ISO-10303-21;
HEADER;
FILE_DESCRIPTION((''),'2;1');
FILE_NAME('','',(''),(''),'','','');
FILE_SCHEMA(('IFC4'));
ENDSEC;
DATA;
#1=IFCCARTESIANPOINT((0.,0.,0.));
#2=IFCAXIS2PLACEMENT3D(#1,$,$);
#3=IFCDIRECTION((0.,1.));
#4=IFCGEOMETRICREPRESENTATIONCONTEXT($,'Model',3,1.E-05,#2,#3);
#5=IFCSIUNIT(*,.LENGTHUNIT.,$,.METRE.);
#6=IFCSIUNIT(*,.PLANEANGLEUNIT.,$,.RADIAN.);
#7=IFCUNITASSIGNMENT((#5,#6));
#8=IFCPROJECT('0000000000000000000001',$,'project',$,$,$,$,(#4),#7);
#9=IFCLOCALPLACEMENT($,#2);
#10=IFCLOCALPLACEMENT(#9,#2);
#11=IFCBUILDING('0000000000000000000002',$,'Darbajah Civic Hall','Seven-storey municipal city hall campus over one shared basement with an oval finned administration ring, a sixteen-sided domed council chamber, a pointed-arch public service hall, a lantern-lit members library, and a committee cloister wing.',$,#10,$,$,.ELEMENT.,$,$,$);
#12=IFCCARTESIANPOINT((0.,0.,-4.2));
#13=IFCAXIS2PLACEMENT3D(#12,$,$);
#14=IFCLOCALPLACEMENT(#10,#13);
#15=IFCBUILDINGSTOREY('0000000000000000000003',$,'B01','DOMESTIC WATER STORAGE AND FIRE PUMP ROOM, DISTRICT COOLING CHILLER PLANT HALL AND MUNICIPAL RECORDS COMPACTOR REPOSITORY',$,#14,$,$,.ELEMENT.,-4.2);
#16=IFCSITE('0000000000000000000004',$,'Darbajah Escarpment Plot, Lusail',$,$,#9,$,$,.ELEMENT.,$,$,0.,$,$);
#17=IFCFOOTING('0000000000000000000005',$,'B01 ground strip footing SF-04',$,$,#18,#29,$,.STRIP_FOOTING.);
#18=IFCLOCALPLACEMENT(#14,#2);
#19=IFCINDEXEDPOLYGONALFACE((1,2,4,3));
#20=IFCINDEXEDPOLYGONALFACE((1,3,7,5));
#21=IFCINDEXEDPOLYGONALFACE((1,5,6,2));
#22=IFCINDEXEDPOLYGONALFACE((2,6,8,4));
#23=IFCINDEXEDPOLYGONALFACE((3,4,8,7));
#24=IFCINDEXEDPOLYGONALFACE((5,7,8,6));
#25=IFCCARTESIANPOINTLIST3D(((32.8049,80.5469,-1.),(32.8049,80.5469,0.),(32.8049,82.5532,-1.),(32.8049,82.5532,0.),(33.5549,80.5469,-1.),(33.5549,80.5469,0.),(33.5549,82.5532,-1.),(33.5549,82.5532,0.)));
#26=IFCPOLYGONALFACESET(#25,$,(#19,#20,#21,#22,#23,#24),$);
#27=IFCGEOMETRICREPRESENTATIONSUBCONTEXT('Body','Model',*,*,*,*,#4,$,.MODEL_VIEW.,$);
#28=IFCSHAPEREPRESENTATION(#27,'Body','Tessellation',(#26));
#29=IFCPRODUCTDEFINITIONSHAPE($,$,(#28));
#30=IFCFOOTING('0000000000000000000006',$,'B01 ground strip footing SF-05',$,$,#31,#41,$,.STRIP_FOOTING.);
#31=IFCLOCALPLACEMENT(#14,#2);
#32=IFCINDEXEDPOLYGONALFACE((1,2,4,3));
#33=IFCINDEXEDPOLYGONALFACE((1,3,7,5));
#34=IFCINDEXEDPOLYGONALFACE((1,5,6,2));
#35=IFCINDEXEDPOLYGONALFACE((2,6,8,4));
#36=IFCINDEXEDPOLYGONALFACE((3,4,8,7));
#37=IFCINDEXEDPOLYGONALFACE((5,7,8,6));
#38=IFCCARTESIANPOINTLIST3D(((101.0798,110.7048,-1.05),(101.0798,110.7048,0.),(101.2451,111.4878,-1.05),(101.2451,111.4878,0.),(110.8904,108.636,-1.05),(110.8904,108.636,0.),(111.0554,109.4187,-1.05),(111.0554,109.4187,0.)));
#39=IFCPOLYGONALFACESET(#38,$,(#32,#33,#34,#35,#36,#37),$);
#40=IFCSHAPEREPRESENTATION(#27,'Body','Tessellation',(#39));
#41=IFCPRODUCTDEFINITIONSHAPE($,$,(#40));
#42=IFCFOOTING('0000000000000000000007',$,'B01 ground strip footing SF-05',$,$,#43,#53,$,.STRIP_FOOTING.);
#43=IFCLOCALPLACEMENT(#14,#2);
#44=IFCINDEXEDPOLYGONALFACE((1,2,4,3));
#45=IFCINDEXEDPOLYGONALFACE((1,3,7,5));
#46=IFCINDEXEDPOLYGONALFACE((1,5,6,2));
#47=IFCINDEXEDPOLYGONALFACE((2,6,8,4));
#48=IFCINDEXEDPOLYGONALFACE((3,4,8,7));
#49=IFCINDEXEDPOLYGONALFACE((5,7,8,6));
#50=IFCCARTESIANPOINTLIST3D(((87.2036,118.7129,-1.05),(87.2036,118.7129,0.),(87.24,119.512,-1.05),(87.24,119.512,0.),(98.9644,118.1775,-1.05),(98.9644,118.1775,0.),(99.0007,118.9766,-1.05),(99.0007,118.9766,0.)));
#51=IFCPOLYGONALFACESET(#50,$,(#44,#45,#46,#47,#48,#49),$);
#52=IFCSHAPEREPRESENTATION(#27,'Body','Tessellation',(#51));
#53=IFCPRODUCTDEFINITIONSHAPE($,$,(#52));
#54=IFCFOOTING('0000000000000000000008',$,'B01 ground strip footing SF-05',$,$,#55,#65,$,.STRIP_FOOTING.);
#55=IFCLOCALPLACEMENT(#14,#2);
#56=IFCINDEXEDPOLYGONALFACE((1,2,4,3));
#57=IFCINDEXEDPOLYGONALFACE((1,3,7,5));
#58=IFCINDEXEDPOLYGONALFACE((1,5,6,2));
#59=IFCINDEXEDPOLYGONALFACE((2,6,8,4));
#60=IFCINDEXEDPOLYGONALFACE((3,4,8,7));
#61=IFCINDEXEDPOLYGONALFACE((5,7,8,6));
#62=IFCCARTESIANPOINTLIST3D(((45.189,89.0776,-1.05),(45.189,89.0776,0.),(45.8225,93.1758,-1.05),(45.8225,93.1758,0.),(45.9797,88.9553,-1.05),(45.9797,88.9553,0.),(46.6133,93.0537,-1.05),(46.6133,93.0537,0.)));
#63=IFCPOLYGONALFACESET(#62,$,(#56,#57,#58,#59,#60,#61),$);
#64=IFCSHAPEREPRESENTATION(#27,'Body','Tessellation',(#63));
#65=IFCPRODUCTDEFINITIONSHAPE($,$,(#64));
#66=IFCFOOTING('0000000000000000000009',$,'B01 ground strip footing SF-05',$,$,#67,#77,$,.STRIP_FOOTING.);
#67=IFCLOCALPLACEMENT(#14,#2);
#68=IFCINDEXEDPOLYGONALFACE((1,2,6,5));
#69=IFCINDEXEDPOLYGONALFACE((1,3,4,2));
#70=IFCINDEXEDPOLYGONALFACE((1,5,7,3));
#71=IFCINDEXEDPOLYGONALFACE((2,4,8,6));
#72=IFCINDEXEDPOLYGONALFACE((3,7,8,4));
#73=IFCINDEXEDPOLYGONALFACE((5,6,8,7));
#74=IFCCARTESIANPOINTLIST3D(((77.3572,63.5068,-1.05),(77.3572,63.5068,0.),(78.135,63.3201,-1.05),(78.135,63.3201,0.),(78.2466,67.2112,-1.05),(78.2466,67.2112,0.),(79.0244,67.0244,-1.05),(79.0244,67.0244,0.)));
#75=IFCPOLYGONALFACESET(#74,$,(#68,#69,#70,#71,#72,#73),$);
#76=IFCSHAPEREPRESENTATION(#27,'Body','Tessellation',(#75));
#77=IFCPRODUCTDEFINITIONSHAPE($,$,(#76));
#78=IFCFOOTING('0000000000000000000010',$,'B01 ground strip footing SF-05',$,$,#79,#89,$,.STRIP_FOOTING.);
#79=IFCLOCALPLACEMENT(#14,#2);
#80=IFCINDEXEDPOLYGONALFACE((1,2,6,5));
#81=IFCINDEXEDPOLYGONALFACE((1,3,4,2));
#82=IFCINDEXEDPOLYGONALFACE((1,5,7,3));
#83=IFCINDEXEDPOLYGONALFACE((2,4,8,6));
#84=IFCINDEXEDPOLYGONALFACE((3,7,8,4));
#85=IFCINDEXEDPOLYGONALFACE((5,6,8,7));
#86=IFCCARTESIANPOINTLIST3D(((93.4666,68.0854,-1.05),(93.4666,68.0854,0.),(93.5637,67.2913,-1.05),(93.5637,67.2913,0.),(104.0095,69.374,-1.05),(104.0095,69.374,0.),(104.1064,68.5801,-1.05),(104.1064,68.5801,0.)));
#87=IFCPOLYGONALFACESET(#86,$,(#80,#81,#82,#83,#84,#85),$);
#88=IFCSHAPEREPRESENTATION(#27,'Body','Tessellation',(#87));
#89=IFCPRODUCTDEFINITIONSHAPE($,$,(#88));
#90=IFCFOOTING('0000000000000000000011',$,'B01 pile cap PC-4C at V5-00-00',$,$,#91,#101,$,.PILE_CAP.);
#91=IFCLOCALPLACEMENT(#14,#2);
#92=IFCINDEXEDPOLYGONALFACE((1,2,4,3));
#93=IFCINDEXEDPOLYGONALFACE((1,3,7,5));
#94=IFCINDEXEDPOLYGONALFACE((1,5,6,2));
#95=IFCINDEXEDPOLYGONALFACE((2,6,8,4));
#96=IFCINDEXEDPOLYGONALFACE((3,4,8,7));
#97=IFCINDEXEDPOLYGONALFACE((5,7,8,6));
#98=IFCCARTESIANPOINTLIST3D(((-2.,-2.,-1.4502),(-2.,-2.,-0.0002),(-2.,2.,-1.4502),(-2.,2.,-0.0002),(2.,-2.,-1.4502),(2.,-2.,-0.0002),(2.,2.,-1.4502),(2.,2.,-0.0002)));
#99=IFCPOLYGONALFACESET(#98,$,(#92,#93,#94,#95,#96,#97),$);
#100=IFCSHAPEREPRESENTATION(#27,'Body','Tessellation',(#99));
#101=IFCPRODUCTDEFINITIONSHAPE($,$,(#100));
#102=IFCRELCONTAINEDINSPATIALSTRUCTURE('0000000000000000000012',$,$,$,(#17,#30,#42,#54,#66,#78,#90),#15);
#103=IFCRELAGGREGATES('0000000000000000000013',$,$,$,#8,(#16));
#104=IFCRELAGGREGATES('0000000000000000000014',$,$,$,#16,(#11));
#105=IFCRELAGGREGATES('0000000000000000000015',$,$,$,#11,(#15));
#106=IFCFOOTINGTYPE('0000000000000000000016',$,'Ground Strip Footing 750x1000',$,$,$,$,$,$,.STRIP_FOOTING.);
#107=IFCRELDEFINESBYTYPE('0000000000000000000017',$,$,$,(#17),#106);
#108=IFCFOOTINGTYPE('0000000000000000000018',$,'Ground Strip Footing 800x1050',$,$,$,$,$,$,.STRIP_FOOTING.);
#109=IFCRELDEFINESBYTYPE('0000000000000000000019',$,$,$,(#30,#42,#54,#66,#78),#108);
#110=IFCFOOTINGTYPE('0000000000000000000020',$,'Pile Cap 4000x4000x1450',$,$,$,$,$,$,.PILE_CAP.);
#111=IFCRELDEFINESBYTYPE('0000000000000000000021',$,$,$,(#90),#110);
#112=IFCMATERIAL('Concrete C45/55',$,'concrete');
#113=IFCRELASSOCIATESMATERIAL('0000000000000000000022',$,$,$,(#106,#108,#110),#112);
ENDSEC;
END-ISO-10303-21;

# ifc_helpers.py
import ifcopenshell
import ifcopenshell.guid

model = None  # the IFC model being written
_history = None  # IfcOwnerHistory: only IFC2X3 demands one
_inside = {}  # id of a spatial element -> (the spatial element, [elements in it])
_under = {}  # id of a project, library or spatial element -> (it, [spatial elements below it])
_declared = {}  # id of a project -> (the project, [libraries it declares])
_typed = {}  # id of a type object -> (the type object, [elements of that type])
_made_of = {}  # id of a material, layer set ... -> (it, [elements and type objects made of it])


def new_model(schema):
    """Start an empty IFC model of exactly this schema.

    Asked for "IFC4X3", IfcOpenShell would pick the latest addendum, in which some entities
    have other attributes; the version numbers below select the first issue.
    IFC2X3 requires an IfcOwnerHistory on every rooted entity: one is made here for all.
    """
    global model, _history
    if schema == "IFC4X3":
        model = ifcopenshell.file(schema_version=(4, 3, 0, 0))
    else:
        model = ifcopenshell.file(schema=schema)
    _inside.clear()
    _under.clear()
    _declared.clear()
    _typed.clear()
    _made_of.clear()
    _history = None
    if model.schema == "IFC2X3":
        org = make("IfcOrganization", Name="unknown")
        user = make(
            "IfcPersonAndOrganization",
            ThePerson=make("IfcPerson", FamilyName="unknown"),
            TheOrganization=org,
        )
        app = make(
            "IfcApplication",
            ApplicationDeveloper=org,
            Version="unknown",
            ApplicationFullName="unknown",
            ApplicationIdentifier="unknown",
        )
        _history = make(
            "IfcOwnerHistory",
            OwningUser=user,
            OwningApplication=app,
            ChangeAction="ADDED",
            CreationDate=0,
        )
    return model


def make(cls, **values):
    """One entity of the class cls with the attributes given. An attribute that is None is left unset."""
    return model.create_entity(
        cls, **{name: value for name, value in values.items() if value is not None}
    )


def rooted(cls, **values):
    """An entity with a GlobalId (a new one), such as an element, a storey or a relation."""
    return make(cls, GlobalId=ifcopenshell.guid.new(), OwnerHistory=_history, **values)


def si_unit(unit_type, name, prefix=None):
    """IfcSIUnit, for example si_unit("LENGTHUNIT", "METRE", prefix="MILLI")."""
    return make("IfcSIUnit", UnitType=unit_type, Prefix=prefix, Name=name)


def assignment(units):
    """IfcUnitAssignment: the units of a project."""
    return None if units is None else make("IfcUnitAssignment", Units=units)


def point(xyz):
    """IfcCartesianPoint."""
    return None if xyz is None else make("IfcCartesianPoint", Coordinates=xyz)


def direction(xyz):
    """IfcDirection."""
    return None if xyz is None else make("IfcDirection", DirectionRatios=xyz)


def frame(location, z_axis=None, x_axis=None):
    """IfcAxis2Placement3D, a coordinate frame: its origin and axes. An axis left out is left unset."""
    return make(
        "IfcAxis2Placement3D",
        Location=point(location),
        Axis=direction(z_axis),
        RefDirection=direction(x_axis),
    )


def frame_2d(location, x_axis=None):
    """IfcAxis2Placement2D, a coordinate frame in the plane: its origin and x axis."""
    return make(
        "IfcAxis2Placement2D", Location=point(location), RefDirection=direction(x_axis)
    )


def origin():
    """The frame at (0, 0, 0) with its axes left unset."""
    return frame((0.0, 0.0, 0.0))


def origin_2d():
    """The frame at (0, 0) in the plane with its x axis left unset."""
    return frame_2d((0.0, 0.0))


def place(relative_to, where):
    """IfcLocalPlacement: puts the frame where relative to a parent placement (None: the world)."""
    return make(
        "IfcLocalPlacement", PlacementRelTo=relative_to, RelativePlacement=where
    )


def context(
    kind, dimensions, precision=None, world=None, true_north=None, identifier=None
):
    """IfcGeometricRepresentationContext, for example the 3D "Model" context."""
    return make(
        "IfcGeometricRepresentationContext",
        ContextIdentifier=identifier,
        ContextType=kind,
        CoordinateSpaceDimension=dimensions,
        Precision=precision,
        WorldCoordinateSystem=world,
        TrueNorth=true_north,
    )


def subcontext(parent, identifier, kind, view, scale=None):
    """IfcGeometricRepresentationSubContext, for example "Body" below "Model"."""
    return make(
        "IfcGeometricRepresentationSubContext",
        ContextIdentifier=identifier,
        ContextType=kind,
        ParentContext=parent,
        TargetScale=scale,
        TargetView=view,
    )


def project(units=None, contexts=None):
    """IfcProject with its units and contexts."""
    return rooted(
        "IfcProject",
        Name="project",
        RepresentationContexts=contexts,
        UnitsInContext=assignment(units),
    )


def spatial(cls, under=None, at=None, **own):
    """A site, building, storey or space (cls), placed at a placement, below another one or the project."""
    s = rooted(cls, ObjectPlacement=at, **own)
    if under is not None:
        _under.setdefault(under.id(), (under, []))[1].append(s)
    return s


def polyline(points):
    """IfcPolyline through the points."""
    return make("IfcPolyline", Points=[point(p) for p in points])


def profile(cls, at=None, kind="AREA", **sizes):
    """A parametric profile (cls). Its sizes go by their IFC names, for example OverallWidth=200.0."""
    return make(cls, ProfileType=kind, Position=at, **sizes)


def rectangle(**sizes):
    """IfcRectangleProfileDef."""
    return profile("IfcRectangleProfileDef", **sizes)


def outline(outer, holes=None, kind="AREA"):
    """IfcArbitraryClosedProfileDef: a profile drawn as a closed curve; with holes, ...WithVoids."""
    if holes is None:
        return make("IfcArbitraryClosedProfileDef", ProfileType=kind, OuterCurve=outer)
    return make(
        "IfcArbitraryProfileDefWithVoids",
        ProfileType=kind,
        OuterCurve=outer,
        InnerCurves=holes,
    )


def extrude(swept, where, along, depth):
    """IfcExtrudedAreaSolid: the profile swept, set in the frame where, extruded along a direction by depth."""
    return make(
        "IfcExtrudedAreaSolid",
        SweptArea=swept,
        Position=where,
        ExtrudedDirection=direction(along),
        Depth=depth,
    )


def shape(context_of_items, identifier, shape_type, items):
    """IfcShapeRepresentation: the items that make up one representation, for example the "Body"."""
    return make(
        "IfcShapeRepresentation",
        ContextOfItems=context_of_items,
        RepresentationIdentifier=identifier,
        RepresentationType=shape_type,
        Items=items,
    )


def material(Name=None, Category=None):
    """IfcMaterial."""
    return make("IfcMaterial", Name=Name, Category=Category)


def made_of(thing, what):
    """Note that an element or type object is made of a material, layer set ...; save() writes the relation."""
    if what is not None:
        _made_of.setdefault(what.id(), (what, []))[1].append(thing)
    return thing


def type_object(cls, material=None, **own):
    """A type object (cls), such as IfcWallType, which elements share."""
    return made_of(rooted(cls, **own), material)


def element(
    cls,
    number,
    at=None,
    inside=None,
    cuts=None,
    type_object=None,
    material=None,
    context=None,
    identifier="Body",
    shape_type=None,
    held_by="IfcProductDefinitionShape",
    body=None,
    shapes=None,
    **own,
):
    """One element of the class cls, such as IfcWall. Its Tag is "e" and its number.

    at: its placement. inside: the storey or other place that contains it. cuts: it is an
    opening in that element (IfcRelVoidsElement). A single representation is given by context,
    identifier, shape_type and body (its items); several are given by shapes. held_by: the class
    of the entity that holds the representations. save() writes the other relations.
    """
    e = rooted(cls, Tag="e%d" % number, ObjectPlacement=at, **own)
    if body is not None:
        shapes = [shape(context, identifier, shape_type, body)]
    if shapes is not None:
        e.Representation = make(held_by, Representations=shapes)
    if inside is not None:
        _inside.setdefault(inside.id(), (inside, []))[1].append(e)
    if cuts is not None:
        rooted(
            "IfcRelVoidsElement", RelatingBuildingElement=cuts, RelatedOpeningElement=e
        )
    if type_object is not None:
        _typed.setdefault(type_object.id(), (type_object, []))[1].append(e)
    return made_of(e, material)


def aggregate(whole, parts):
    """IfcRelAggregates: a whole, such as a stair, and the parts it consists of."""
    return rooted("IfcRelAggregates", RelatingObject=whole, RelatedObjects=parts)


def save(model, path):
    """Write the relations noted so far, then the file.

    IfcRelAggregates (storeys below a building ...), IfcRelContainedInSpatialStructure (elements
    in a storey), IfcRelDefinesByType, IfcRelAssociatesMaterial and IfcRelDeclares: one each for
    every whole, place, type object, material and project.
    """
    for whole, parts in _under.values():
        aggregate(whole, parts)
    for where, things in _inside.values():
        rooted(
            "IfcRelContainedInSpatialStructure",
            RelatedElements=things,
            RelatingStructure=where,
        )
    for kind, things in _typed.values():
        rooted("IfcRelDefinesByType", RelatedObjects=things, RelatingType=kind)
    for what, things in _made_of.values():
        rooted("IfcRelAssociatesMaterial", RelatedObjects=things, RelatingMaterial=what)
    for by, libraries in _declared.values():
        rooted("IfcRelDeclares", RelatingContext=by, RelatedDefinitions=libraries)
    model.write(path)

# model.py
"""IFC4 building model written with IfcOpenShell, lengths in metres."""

from ifc_helpers import new_model, si_unit, direction, frame, origin, origin_2d, place, context, subcontext, project, spatial, polyline, rectangle, outline, extrude, material, type_object, element, save


model = new_model("IFC4")

# Units and contexts
model_context = context("Model", 3, precision=1e-05, world=origin(), true_north=direction((0.0, 1.0)))
body_context = subcontext(model_context, "Body", "Model", "MODEL_VIEW")
ifc_project = project(units=[si_unit("LENGTHUNIT", "METRE"), si_unit("PLANEANGLEUNIT", "RADIAN")], contexts=[model_context])

# Site, building, storey
site_placement = place(None, origin())
site = spatial("IfcSite", under=ifc_project, at=site_placement, Name="Darbajah Escarpment Plot, Lusail", CompositionType="ELEMENT", RefElevation=0.0)
building_placement = place(site_placement, origin())
building = spatial("IfcBuilding", under=site, at=building_placement, Name="Darbajah Civic Hall", Description="Seven-storey municipal city hall campus over one shared basement with an oval finned administration ring, a sixteen-sided domed council chamber, a pointed-arch public service hall, a lantern-lit members library, and a committee cloister wing.", CompositionType="ELEMENT")
storey_placement = place(building_placement, frame((0.0, 0.0, -4.2)))
storey = spatial("IfcBuildingStorey", under=building, at=storey_placement, Name="B01", Description="DOMESTIC WATER STORAGE AND FIRE PUMP ROOM, DISTRICT COOLING CHILLER PLANT HALL AND MUNICIPAL RECORDS COMPACTOR REPOSITORY", CompositionType="ELEMENT", Elevation=-4.2)

# Shared definitions
ifc_material = material(Name="Concrete C45/55", Category="concrete")

# Footings
footing_type_1 = type_object("IfcFootingType", Name="Ground Strip Footing 750x1000", PredefinedType="STRIP_FOOTING", material=ifc_material)
footing_1_placement = place(storey_placement, frame((0.0, 0.0, -1.0)))
element("IfcFooting", 1, at=footing_1_placement, inside=storey, type_object=footing_type_1, Name="B01 ground strip footing SF-04", PredefinedType="STRIP_FOOTING", context=body_context, shape_type="SweptSolid", body=[
    extrude(outline(polyline([(33.5549, 80.5469), (33.5549, 82.5532), (32.8049, 82.5532), (32.8049, 80.5469), (33.5549, 80.5469)])), origin(), (0.0, 0.0, 1.0), 1.0),
])
footing_type_2 = type_object("IfcFootingType", Name="Ground Strip Footing 800x1050", PredefinedType="STRIP_FOOTING", material=ifc_material)
footing_2_placement = place(storey_placement, frame((0.0, 0.0, -1.05)))
element("IfcFooting", 2, at=footing_2_placement, inside=storey, type_object=footing_type_2, Name="B01 ground strip footing SF-05", PredefinedType="STRIP_FOOTING", context=body_context, shape_type="SweptSolid", body=[
    extrude(outline(polyline([(111.0554, 109.4187), (101.2451, 111.4878), (101.0798, 110.7048), (110.8904, 108.636), (111.0554, 109.4187)])), origin(), (0.0, 0.0, 1.0), 1.05),
])
footing_3_placement = place(storey_placement, frame((0.0, 0.0, -1.05)))
element("IfcFooting", 3, at=footing_3_placement, inside=storey, type_object=footing_type_2, Name="B01 ground strip footing SF-05", PredefinedType="STRIP_FOOTING", context=body_context, shape_type="SweptSolid", body=[
    extrude(outline(polyline([(99.0007, 118.9766), (87.24, 119.512), (87.2036, 118.7129), (98.9644, 118.1775), (99.0007, 118.9766)])), origin(), (0.0, 0.0, 1.0), 1.05),
])
footing_4_placement = place(storey_placement, frame((0.0, 0.0, -1.05)))
element("IfcFooting", 4, at=footing_4_placement, inside=storey, type_object=footing_type_2, Name="B01 ground strip footing SF-05", PredefinedType="STRIP_FOOTING", context=body_context, shape_type="SweptSolid", body=[
    extrude(outline(polyline([(45.8225, 93.1758), (45.189, 89.0776), (45.9797, 88.9553), (46.6133, 93.0537), (45.8225, 93.1758)])), origin(), (0.0, 0.0, 1.0), 1.05),
])
footing_5_placement = place(storey_placement, frame((0.0, 0.0, -1.05)))
element("IfcFooting", 5, at=footing_5_placement, inside=storey, type_object=footing_type_2, Name="B01 ground strip footing SF-05", PredefinedType="STRIP_FOOTING", context=body_context, shape_type="SweptSolid", body=[
    extrude(outline(polyline([(78.2466, 67.2112), (77.3572, 63.5068), (78.135, 63.3201), (79.0244, 67.0244), (78.2466, 67.2112)])), origin(), (0.0, 0.0, 1.0), 1.05),
])
footing_6_placement = place(storey_placement, frame((0.0, 0.0, -1.05)))
element("IfcFooting", 6, at=footing_6_placement, inside=storey, type_object=footing_type_2, Name="B01 ground strip footing SF-05", PredefinedType="STRIP_FOOTING", context=body_context, shape_type="SweptSolid", body=[
    extrude(outline(polyline([(93.5637, 67.2913), (104.1064, 68.5801), (104.0095, 69.374), (93.4666, 68.0854), (93.5637, 67.2913)])), origin(), (0.0, 0.0, 1.0), 1.05),
])
footing_type_3 = type_object("IfcFootingType", Name="Pile Cap 4000x4000x1450", PredefinedType="PILE_CAP", material=ifc_material)
footing_7_placement = place(storey_placement, frame((0.0, 0.0, -1.4502), z_axis=(0.0, 0.0, 1.0), x_axis=(1.0, 0.0, 0.0)))
element("IfcFooting", 7, at=footing_7_placement, inside=storey, type_object=footing_type_3, Name="B01 pile cap PC-4C at V5-00-00", PredefinedType="PILE_CAP", context=body_context, shape_type="SweptSolid", body=[
    extrude(rectangle(XDim=4.0, YDim=4.0, at=origin_2d()), origin(), (0.0, 0.0, 1.0), 1.45),
])

save(model, "model.ifc")
